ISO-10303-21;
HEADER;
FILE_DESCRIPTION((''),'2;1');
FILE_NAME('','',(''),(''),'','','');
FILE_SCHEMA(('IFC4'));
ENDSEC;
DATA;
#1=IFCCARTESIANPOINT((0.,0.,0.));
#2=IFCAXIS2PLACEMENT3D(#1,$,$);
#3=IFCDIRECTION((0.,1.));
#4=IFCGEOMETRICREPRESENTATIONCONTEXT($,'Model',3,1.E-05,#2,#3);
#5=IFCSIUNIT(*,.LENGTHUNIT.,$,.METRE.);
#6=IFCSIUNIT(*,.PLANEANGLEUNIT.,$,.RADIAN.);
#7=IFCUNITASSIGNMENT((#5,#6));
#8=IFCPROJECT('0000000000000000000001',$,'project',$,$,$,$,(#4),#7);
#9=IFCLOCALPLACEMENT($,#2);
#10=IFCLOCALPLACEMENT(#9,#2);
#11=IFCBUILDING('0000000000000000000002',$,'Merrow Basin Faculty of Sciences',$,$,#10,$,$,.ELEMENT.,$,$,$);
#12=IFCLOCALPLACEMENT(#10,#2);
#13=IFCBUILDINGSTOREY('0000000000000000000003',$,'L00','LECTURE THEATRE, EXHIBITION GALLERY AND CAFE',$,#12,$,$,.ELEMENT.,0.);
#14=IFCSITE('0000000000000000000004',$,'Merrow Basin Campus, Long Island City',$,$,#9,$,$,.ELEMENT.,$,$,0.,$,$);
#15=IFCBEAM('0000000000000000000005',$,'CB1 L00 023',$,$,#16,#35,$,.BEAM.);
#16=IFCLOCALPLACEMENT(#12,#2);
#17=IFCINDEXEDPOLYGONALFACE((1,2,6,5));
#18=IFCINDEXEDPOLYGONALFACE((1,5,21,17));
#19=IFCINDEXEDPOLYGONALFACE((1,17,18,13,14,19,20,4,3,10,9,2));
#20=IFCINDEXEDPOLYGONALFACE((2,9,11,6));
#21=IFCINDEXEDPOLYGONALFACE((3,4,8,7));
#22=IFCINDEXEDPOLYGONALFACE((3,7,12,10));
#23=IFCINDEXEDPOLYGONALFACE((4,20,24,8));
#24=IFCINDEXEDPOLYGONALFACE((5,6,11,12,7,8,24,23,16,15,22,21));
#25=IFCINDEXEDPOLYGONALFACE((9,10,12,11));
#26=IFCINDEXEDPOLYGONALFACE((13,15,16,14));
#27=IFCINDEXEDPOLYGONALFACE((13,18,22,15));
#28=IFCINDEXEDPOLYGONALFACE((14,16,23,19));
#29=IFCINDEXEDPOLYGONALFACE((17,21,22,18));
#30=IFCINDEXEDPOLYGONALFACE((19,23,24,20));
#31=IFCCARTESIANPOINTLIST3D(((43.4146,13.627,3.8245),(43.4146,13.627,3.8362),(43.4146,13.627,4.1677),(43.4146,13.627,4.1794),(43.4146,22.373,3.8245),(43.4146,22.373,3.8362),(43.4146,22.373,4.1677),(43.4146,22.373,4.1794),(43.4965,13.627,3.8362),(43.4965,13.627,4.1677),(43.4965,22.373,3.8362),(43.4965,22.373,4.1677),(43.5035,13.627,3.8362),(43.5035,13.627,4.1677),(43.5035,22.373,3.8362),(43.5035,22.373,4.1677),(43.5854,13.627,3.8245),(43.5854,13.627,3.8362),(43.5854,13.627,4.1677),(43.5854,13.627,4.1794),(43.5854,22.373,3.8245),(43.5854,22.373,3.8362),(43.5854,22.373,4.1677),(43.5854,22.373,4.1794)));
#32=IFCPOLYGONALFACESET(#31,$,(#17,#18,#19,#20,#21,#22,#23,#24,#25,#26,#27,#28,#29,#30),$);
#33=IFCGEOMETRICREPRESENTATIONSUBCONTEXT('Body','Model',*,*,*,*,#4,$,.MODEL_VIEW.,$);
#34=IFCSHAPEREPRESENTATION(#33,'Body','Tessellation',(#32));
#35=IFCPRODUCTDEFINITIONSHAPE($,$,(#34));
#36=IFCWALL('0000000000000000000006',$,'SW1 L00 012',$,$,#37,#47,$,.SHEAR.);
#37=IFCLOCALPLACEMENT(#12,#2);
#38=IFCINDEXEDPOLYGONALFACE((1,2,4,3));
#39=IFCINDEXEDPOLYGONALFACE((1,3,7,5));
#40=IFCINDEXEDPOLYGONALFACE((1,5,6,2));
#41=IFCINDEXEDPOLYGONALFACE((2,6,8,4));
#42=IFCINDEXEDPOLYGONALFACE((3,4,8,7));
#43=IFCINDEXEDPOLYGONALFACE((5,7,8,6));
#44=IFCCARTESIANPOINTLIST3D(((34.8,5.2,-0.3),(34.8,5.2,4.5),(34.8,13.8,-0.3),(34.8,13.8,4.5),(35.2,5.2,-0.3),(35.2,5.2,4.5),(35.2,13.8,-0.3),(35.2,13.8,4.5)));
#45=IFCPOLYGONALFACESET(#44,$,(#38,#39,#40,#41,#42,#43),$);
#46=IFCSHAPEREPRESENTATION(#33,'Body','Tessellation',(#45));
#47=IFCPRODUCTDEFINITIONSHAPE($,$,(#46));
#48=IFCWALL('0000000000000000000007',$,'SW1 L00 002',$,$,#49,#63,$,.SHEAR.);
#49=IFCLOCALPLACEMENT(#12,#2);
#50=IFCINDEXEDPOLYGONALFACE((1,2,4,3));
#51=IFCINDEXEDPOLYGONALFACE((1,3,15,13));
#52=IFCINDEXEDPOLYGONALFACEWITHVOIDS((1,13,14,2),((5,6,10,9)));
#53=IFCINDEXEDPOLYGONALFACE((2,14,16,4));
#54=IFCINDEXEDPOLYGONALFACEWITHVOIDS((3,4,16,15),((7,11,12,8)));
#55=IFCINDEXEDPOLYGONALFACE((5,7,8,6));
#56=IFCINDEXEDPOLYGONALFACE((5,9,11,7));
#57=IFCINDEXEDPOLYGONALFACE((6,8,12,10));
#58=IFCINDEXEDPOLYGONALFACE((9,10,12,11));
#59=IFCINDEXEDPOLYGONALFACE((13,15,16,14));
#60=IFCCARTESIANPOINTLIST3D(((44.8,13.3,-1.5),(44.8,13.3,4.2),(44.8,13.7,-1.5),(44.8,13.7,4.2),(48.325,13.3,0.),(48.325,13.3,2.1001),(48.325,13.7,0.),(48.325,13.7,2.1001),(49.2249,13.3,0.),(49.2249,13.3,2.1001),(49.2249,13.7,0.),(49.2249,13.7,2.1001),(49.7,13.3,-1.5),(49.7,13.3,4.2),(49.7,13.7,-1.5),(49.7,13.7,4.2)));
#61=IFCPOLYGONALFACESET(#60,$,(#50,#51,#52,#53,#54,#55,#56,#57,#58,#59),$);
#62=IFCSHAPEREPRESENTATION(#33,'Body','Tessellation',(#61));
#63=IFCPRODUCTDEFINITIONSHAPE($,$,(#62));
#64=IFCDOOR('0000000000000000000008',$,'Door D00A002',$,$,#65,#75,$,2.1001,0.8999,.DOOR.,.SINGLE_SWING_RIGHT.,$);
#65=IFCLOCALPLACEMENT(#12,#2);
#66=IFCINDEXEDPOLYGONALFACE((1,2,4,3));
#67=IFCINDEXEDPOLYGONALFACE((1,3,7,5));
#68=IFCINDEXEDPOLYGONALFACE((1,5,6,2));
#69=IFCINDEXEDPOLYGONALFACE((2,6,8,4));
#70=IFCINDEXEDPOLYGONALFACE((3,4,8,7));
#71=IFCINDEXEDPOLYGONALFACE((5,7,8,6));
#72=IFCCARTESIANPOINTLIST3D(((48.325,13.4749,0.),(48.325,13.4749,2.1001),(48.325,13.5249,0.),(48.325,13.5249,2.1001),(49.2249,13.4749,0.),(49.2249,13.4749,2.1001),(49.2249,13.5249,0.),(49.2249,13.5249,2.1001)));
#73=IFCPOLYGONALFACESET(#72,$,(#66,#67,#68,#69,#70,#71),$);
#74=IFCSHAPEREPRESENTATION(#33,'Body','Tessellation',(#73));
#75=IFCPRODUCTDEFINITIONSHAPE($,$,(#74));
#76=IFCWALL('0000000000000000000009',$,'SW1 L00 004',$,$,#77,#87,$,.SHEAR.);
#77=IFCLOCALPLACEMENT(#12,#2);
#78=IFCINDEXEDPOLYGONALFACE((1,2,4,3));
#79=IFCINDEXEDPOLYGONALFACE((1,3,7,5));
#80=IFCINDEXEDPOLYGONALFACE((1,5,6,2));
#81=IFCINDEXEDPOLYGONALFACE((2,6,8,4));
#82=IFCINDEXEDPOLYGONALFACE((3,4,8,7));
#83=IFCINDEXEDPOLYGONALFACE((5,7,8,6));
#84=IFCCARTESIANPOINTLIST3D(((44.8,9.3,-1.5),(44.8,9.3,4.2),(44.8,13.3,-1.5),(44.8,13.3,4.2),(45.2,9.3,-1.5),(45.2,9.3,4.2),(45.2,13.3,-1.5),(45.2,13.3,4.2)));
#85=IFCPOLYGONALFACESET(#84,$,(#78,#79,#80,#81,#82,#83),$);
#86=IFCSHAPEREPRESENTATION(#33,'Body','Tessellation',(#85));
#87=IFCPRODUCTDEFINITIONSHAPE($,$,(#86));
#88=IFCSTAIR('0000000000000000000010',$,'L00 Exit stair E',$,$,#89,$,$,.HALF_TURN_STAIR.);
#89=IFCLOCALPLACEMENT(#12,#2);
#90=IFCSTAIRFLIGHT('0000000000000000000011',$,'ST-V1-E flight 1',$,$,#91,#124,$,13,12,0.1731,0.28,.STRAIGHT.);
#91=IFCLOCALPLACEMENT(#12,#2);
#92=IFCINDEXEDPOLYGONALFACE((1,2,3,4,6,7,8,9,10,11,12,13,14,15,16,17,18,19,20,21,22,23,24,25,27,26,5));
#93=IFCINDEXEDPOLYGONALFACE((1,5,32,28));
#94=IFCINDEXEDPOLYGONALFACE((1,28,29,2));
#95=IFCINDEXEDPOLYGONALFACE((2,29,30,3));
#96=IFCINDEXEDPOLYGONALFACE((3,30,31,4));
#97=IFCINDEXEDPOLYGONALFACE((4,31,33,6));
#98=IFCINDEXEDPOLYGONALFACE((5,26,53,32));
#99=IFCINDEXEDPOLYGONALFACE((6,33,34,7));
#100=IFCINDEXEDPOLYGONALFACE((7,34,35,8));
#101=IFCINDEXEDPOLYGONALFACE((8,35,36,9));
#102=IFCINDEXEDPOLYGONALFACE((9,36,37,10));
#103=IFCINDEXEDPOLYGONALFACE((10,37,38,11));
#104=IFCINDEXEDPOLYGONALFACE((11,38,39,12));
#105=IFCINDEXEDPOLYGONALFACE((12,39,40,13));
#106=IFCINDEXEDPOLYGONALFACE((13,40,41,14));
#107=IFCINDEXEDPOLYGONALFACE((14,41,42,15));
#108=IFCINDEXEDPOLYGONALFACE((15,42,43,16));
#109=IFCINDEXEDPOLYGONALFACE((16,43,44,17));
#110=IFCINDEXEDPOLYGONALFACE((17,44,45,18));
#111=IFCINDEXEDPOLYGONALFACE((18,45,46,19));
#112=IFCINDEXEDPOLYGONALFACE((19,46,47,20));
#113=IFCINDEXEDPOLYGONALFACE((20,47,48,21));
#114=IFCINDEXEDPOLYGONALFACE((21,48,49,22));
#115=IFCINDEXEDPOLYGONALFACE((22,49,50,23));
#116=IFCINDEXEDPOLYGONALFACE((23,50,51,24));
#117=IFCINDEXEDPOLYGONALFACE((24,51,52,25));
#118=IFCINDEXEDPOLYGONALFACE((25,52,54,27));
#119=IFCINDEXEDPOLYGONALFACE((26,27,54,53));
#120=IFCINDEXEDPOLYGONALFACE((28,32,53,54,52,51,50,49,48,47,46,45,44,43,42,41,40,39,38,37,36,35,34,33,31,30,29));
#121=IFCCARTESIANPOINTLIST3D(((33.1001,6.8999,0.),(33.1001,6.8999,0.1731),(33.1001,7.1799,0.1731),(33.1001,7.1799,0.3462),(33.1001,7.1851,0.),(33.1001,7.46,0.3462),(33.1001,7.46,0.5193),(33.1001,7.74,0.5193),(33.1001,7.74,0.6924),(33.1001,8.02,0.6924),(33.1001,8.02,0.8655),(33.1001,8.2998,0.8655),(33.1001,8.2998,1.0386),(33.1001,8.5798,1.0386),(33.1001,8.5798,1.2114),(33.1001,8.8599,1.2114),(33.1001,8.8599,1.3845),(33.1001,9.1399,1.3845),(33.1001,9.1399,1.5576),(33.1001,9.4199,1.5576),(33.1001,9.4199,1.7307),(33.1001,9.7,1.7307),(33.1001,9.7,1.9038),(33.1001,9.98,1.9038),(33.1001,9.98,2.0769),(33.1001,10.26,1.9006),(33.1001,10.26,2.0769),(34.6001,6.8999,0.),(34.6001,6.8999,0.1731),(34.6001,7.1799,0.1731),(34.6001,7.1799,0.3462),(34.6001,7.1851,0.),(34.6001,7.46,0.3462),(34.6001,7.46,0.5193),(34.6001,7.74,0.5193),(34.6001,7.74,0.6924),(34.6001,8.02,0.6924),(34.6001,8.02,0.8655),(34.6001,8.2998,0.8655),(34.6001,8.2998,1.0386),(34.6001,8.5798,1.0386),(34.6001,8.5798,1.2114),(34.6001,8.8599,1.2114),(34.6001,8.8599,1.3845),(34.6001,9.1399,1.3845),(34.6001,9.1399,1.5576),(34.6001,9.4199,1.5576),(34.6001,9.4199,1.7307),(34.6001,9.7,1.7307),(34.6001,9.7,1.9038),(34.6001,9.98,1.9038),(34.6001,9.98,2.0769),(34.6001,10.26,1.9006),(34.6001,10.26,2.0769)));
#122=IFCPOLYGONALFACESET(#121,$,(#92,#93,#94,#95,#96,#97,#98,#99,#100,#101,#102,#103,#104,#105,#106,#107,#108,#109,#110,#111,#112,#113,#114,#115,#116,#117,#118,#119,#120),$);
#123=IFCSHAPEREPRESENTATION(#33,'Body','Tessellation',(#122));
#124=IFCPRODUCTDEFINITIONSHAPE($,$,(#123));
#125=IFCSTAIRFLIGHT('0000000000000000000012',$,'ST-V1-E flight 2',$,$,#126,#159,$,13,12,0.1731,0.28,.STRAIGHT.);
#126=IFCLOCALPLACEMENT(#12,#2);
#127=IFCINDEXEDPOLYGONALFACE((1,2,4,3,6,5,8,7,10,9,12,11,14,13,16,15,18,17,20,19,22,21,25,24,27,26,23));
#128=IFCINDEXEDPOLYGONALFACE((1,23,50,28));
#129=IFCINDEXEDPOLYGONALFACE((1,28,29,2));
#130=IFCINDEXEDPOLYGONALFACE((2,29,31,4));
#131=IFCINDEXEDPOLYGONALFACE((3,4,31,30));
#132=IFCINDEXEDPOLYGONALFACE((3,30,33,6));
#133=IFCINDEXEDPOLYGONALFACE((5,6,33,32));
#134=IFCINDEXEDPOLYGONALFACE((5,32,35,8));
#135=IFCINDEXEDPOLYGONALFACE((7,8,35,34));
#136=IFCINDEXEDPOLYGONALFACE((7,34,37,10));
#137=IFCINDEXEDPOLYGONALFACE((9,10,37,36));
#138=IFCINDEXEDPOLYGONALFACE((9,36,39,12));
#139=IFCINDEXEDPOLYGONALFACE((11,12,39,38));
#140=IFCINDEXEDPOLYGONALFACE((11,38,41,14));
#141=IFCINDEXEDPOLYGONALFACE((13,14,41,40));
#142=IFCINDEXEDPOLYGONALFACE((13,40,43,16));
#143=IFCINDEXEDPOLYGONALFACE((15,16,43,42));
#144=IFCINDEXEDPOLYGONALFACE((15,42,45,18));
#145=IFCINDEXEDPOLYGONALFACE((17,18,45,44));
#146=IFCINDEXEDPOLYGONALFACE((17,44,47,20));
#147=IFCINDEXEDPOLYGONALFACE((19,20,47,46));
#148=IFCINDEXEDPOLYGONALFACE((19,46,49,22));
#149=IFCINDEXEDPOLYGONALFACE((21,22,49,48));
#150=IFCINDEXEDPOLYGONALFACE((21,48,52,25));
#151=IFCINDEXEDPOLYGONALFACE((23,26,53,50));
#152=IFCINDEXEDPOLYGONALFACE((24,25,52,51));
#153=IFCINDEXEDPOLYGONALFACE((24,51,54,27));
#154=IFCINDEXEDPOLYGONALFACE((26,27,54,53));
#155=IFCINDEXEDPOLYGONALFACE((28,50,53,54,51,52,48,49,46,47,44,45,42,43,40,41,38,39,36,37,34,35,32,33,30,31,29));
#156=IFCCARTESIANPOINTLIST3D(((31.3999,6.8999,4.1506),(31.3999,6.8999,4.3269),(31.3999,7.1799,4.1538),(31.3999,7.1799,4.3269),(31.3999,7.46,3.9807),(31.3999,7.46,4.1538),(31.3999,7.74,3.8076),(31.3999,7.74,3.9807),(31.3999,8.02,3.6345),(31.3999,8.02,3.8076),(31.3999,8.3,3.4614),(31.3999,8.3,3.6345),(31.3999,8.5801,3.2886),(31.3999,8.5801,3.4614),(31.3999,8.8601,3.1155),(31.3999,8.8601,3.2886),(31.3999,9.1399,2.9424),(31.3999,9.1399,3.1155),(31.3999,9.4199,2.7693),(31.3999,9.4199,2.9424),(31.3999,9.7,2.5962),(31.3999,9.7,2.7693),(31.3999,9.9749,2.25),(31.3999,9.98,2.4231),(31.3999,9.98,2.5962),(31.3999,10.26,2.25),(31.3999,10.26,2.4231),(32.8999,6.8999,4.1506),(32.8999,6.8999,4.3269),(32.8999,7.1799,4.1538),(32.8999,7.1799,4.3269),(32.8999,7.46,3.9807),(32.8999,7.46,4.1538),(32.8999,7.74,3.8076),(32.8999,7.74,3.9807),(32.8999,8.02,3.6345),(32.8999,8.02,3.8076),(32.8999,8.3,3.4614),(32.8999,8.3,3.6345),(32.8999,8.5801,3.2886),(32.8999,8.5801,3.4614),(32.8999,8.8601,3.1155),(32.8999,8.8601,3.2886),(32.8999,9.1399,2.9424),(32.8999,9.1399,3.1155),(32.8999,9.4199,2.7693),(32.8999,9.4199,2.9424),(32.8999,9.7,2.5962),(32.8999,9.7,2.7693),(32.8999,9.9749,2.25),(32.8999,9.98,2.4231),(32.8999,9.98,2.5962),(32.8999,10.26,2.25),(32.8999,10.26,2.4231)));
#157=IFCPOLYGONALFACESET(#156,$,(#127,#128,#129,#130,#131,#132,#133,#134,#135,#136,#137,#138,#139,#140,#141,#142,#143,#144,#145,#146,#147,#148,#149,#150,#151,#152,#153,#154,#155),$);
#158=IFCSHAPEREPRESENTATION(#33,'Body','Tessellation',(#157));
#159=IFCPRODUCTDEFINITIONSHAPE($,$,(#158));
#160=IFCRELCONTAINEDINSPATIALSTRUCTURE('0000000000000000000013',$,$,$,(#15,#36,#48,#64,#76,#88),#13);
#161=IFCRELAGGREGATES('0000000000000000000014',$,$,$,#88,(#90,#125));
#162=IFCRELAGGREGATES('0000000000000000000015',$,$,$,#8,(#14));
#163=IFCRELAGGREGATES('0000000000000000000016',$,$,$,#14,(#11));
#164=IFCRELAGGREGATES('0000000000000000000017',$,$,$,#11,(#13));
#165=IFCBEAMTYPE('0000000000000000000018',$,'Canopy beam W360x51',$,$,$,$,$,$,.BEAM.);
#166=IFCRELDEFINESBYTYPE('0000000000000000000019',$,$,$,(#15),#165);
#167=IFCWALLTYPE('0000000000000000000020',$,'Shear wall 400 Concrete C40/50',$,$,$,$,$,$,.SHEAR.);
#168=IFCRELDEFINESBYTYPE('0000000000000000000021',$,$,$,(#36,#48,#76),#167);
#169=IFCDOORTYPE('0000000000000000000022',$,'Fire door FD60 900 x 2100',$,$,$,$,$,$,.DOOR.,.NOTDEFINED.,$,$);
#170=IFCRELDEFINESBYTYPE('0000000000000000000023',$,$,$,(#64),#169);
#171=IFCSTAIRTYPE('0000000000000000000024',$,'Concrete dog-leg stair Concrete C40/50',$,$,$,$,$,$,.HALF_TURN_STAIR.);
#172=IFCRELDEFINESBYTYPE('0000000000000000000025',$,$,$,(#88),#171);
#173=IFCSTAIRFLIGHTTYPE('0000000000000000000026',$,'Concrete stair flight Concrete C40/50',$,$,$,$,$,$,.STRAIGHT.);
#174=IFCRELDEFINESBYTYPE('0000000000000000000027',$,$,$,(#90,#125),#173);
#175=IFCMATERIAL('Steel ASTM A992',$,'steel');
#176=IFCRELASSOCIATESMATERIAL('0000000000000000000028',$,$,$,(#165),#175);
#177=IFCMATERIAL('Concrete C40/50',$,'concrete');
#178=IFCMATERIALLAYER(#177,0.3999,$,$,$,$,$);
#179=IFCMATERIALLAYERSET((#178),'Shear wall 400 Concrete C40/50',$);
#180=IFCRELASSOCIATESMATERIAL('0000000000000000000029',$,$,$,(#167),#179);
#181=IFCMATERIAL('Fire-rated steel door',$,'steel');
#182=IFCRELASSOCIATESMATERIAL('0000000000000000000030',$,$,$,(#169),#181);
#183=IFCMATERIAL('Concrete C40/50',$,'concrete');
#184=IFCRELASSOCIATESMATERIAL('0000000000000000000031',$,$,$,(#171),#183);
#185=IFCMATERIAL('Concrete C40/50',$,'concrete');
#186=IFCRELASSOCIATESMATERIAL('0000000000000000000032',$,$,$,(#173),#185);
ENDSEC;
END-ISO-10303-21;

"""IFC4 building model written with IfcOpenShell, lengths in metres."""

from ifc_helpers import new_model, si_unit, direction, frame, frame_2d, origin, origin_2d, place, context, subcontext, project, spatial, polyline, rectangle, i_section, outline, extrude, material, layer, layer_set, material_profile, profile_set, type_object, element, fill, aggregate, save


model = new_model("IFC4")

# Units and contexts
model_context = context("Model", 3, precision=1e-05, world=origin(), true_north=direction((0.0, 1.0)))
body_context = subcontext(model_context, "Body", "Model", "MODEL_VIEW")
ifc_project = project(units=[si_unit("LENGTHUNIT", "METRE"), si_unit("PLANEANGLEUNIT", "RADIAN")], contexts=[model_context])

# Site, building, storey
site_placement = place(None, origin())
site = spatial("IfcSite", under=ifc_project, at=site_placement, Name="Merrow Basin Campus, Long Island City", CompositionType="ELEMENT", RefElevation=0.0)
building_placement = place(site_placement, origin())
building = spatial("IfcBuilding", under=site, at=building_placement, Name="Merrow Basin Faculty of Sciences", CompositionType="ELEMENT")
storey_placement = place(building_placement, origin())
storey = spatial("IfcBuildingStorey", under=building, at=storey_placement, Name="L00", Description="LECTURE THEATRE, EXHIBITION GALLERY AND CAFE", CompositionType="ELEMENT", Elevation=0.0)

# Beam
ifc_material_1 = material(Name="Steel ASTM A992", Category="steel")
ifc_material_profile_1 = material_profile(ifc_material_1, i_section(OverallWidth=0.1709, OverallDepth=0.355, WebThickness=0.0071, FlangeThickness=0.0117, at=origin_2d()))
ifc_profile_set_1 = profile_set([ifc_material_profile_1], Name="Steel ASTM A992")
beam_type = type_object("IfcBeamType", Name="Canopy beam W360x51", PredefinedType="BEAM", material=ifc_profile_set_1)
for number, where, z_axis, x_axis, name in (
    (1, (43.5, 13.627, 4.002), (0.0, 1.0, 0.0), (-1.0, 0.0, 0.0), "CB1 L00 023"),
):
    element("IfcBeam", number, at=place(storey_placement, frame(where, z_axis=z_axis, x_axis=x_axis)), inside=storey, type_object=beam_type, Name=name, PredefinedType="BEAM", context=body_context, shape_type="SweptSolid", body=[
        extrude(i_section(OverallWidth=0.1709, OverallDepth=0.355, WebThickness=0.0071, FlangeThickness=0.0117, at=origin_2d()), origin(), (0.0, 0.0, 1.0), 8.7461),
    ])

# Wall
ifc_material_2 = material(Name="Concrete C40/50", Category="concrete")
ifc_layer = layer(ifc_material_2, 0.3999)
ifc_layer_set = layer_set([ifc_layer], Name="Shear wall 400 Concrete C40/50")
wall_type = type_object("IfcWallType", Name="Shear wall 400 Concrete C40/50", PredefinedType="SHEAR", material=ifc_layer_set)
wall_1_placement = place(storey_placement, frame((35.0, 5.2, -0.3), z_axis=(0.0, 0.0, 1.0), x_axis=(0.0, 1.0, 0.0)))
element("IfcWall", 2, at=wall_1_placement, inside=storey, type_object=wall_type, Name="SW1 L00 012", PredefinedType="SHEAR", context=body_context, shape_type="SweptSolid", body=[
    extrude(rectangle(XDim=8.6001, YDim=0.3999, at=frame_2d((4.3, 0.0))), origin(), (0.0, 0.0, 1.0), 4.8),
])

# Wall, opening, door
wall_2_placement = place(storey_placement, frame((44.8, 13.5, -1.5), z_axis=(0.0, 0.0, 1.0), x_axis=(1.0, 0.0, 0.0)))
wall_2 = element("IfcWall", 3, at=wall_2_placement, inside=storey, type_object=wall_type, Name="SW1 L00 002", PredefinedType="SHEAR", context=body_context, shape_type="SweptSolid", body=[
    extrude(rectangle(XDim=4.8999, YDim=0.3999, at=frame_2d((2.45, 0.0))), origin(), (0.0, 0.0, 1.0), 5.7),
])
opening_placement = place(wall_2_placement, frame((3.5249, 0.0, 1.5)))
opening = element("IfcOpeningElement", 4, at=opening_placement, cuts=wall_2, PredefinedType="OPENING", context=body_context, shape_type="SweptSolid", body=[
    extrude(rectangle(XDim=0.8999, YDim=2.1001, at=frame_2d((0.45, 1.05))), frame((0.0, 0.21, 0.0), z_axis=(0.0, -1.0, 0.0), x_axis=(1.0, 0.0, 0.0)), (0.0, 0.0, 1.0), 0.4199),
])
ifc_material_3 = material(Name="Fire-rated steel door", Category="steel")
door_type = type_object("IfcDoorType", Name="Fire door FD60 900 x 2100", OperationType="NOTDEFINED", PredefinedType="DOOR", material=ifc_material_3)
door_placement = place(opening_placement, origin())
door = element("IfcDoor", 5, at=door_placement, inside=storey, type_object=door_type, Name="Door D00A002", OperationType="SINGLE_SWING_RIGHT", OverallHeight=2.1001, OverallWidth=0.8999, PredefinedType="DOOR", context=body_context, shape_type="SweptSolid", body=[
    extrude(rectangle(XDim=0.8999, YDim=2.1001, at=frame_2d((0.45, 1.05))), frame((0.0, 0.0249, 0.0), z_axis=(0.0, -1.0, 0.0), x_axis=(1.0, 0.0, 0.0)), (0.0, 0.0, 1.0), 0.05),
])
fill(opening, door)

# Wall
wall_3_placement = place(storey_placement, frame((45.0, 9.3, -1.5), z_axis=(0.0, 0.0, 1.0), x_axis=(0.0, 1.0, 0.0)))
element("IfcWall", 6, at=wall_3_placement, inside=storey, type_object=wall_type, Name="SW1 L00 004", PredefinedType="SHEAR", context=body_context, shape_type="SweptSolid", body=[
    extrude(rectangle(XDim=4.0, YDim=0.3999, at=frame_2d((2.0, 0.0))), origin(), (0.0, 0.0, 1.0), 5.7),
])

# Stair, stair flights
ifc_material_4 = material(Name="Concrete C40/50", Category="concrete")
stair_type = type_object("IfcStairType", Name="Concrete dog-leg stair Concrete C40/50", PredefinedType="HALF_TURN_STAIR", material=ifc_material_4)
stair_placement = place(storey_placement, origin())
stair = element("IfcStair", 7, at=stair_placement, inside=storey, type_object=stair_type, Name="L00 Exit stair E", PredefinedType="HALF_TURN_STAIR")
ifc_material_5 = material(Name="Concrete C40/50", Category="concrete")
stair_flight_type = type_object("IfcStairFlightType", Name="Concrete stair flight Concrete C40/50", PredefinedType="STRAIGHT", material=ifc_material_5)
stair_flight_1_placement = place(storey_placement, frame((33.8501, 6.8999, 0.0), z_axis=(0.0, 0.0, 1.0), x_axis=(0.0, 1.0, 0.0)))
stair_flight_1 = element("IfcStairFlight", 8, at=stair_flight_1_placement, type_object=stair_flight_type, Name="ST-V1-E flight 1", NumberOfRisers=13, NumberOfTreads=12, PredefinedType="STRAIGHT", RiserHeight=0.1731, TreadLength=0.28, context=body_context, shape_type="SweptSolid", body=[
    extrude(outline(polyline([(0.0, 0.0), (0.0, 0.1731), (0.28, 0.1731), (0.28, 0.3462), (0.5601, 0.3462), (0.5601, 0.5193), (0.8401, 0.5193), (0.8401, 0.6924), (1.1201, 0.6924), (1.1201, 0.8655), (1.3999, 0.8655), (1.3999, 1.0386), (1.6799, 1.0386), (1.6799, 1.2114), (1.96, 1.2114), (1.96, 1.3845), (2.24, 1.3845), (2.24, 1.5576), (2.52, 1.5576), (2.52, 1.7307), (2.8, 1.7307), (2.8, 1.9038), (3.0801, 1.9038), (3.0801, 2.0769), (3.3601, 2.0769), (3.3601, 2.25), (3.3601, 1.9006), (0.2852, 0.0), (0.0, 0.0)])), frame((0.0, 0.75, 0.0), z_axis=(0.0, -1.0, 0.0), x_axis=(1.0, 0.0, 0.0)), (0.0, 0.0, 1.0), 1.5),
])
stair_flight_2_placement = place(storey_placement, frame((32.1499, 10.26, 2.25), z_axis=(0.0, 0.0, 1.0), x_axis=(0.0, -1.0, 0.0)))
stair_flight_2 = element("IfcStairFlight", 9, at=stair_flight_2_placement, type_object=stair_flight_type, Name="ST-V1-E flight 2", NumberOfRisers=13, NumberOfTreads=12, PredefinedType="STRAIGHT", RiserHeight=0.1731, TreadLength=0.28, context=body_context, shape_type="SweptSolid", body=[
    extrude(outline(polyline([(0.0, 0.0), (0.0, 0.1731), (0.28, 0.1731), (0.28, 0.3462), (0.5601, 0.3462), (0.5601, 0.5193), (0.8401, 0.5193), (0.8401, 0.6924), (1.1201, 0.6924), (1.1201, 0.8655), (1.3999, 0.8655), (1.3999, 1.0386), (1.6799, 1.0386), (1.6799, 1.2114), (1.96, 1.2114), (1.96, 1.3845), (2.24, 1.3845), (2.24, 1.5576), (2.52, 1.5576), (2.52, 1.7307), (2.8, 1.7307), (2.8, 1.9038), (3.0801, 1.9038), (3.0801, 2.0769), (3.3601, 2.0769), (3.3601, 2.25), (3.3601, 1.9006), (0.2852, 0.0), (0.0, 0.0)])), frame((0.0, 0.75, 0.0), z_axis=(0.0, -1.0, 0.0), x_axis=(1.0, 0.0, 0.0)), (0.0, 0.0, 1.0), 1.5),
])
aggregate(stair, [stair_flight_1, stair_flight_2])

save(model, "model.ifc")
